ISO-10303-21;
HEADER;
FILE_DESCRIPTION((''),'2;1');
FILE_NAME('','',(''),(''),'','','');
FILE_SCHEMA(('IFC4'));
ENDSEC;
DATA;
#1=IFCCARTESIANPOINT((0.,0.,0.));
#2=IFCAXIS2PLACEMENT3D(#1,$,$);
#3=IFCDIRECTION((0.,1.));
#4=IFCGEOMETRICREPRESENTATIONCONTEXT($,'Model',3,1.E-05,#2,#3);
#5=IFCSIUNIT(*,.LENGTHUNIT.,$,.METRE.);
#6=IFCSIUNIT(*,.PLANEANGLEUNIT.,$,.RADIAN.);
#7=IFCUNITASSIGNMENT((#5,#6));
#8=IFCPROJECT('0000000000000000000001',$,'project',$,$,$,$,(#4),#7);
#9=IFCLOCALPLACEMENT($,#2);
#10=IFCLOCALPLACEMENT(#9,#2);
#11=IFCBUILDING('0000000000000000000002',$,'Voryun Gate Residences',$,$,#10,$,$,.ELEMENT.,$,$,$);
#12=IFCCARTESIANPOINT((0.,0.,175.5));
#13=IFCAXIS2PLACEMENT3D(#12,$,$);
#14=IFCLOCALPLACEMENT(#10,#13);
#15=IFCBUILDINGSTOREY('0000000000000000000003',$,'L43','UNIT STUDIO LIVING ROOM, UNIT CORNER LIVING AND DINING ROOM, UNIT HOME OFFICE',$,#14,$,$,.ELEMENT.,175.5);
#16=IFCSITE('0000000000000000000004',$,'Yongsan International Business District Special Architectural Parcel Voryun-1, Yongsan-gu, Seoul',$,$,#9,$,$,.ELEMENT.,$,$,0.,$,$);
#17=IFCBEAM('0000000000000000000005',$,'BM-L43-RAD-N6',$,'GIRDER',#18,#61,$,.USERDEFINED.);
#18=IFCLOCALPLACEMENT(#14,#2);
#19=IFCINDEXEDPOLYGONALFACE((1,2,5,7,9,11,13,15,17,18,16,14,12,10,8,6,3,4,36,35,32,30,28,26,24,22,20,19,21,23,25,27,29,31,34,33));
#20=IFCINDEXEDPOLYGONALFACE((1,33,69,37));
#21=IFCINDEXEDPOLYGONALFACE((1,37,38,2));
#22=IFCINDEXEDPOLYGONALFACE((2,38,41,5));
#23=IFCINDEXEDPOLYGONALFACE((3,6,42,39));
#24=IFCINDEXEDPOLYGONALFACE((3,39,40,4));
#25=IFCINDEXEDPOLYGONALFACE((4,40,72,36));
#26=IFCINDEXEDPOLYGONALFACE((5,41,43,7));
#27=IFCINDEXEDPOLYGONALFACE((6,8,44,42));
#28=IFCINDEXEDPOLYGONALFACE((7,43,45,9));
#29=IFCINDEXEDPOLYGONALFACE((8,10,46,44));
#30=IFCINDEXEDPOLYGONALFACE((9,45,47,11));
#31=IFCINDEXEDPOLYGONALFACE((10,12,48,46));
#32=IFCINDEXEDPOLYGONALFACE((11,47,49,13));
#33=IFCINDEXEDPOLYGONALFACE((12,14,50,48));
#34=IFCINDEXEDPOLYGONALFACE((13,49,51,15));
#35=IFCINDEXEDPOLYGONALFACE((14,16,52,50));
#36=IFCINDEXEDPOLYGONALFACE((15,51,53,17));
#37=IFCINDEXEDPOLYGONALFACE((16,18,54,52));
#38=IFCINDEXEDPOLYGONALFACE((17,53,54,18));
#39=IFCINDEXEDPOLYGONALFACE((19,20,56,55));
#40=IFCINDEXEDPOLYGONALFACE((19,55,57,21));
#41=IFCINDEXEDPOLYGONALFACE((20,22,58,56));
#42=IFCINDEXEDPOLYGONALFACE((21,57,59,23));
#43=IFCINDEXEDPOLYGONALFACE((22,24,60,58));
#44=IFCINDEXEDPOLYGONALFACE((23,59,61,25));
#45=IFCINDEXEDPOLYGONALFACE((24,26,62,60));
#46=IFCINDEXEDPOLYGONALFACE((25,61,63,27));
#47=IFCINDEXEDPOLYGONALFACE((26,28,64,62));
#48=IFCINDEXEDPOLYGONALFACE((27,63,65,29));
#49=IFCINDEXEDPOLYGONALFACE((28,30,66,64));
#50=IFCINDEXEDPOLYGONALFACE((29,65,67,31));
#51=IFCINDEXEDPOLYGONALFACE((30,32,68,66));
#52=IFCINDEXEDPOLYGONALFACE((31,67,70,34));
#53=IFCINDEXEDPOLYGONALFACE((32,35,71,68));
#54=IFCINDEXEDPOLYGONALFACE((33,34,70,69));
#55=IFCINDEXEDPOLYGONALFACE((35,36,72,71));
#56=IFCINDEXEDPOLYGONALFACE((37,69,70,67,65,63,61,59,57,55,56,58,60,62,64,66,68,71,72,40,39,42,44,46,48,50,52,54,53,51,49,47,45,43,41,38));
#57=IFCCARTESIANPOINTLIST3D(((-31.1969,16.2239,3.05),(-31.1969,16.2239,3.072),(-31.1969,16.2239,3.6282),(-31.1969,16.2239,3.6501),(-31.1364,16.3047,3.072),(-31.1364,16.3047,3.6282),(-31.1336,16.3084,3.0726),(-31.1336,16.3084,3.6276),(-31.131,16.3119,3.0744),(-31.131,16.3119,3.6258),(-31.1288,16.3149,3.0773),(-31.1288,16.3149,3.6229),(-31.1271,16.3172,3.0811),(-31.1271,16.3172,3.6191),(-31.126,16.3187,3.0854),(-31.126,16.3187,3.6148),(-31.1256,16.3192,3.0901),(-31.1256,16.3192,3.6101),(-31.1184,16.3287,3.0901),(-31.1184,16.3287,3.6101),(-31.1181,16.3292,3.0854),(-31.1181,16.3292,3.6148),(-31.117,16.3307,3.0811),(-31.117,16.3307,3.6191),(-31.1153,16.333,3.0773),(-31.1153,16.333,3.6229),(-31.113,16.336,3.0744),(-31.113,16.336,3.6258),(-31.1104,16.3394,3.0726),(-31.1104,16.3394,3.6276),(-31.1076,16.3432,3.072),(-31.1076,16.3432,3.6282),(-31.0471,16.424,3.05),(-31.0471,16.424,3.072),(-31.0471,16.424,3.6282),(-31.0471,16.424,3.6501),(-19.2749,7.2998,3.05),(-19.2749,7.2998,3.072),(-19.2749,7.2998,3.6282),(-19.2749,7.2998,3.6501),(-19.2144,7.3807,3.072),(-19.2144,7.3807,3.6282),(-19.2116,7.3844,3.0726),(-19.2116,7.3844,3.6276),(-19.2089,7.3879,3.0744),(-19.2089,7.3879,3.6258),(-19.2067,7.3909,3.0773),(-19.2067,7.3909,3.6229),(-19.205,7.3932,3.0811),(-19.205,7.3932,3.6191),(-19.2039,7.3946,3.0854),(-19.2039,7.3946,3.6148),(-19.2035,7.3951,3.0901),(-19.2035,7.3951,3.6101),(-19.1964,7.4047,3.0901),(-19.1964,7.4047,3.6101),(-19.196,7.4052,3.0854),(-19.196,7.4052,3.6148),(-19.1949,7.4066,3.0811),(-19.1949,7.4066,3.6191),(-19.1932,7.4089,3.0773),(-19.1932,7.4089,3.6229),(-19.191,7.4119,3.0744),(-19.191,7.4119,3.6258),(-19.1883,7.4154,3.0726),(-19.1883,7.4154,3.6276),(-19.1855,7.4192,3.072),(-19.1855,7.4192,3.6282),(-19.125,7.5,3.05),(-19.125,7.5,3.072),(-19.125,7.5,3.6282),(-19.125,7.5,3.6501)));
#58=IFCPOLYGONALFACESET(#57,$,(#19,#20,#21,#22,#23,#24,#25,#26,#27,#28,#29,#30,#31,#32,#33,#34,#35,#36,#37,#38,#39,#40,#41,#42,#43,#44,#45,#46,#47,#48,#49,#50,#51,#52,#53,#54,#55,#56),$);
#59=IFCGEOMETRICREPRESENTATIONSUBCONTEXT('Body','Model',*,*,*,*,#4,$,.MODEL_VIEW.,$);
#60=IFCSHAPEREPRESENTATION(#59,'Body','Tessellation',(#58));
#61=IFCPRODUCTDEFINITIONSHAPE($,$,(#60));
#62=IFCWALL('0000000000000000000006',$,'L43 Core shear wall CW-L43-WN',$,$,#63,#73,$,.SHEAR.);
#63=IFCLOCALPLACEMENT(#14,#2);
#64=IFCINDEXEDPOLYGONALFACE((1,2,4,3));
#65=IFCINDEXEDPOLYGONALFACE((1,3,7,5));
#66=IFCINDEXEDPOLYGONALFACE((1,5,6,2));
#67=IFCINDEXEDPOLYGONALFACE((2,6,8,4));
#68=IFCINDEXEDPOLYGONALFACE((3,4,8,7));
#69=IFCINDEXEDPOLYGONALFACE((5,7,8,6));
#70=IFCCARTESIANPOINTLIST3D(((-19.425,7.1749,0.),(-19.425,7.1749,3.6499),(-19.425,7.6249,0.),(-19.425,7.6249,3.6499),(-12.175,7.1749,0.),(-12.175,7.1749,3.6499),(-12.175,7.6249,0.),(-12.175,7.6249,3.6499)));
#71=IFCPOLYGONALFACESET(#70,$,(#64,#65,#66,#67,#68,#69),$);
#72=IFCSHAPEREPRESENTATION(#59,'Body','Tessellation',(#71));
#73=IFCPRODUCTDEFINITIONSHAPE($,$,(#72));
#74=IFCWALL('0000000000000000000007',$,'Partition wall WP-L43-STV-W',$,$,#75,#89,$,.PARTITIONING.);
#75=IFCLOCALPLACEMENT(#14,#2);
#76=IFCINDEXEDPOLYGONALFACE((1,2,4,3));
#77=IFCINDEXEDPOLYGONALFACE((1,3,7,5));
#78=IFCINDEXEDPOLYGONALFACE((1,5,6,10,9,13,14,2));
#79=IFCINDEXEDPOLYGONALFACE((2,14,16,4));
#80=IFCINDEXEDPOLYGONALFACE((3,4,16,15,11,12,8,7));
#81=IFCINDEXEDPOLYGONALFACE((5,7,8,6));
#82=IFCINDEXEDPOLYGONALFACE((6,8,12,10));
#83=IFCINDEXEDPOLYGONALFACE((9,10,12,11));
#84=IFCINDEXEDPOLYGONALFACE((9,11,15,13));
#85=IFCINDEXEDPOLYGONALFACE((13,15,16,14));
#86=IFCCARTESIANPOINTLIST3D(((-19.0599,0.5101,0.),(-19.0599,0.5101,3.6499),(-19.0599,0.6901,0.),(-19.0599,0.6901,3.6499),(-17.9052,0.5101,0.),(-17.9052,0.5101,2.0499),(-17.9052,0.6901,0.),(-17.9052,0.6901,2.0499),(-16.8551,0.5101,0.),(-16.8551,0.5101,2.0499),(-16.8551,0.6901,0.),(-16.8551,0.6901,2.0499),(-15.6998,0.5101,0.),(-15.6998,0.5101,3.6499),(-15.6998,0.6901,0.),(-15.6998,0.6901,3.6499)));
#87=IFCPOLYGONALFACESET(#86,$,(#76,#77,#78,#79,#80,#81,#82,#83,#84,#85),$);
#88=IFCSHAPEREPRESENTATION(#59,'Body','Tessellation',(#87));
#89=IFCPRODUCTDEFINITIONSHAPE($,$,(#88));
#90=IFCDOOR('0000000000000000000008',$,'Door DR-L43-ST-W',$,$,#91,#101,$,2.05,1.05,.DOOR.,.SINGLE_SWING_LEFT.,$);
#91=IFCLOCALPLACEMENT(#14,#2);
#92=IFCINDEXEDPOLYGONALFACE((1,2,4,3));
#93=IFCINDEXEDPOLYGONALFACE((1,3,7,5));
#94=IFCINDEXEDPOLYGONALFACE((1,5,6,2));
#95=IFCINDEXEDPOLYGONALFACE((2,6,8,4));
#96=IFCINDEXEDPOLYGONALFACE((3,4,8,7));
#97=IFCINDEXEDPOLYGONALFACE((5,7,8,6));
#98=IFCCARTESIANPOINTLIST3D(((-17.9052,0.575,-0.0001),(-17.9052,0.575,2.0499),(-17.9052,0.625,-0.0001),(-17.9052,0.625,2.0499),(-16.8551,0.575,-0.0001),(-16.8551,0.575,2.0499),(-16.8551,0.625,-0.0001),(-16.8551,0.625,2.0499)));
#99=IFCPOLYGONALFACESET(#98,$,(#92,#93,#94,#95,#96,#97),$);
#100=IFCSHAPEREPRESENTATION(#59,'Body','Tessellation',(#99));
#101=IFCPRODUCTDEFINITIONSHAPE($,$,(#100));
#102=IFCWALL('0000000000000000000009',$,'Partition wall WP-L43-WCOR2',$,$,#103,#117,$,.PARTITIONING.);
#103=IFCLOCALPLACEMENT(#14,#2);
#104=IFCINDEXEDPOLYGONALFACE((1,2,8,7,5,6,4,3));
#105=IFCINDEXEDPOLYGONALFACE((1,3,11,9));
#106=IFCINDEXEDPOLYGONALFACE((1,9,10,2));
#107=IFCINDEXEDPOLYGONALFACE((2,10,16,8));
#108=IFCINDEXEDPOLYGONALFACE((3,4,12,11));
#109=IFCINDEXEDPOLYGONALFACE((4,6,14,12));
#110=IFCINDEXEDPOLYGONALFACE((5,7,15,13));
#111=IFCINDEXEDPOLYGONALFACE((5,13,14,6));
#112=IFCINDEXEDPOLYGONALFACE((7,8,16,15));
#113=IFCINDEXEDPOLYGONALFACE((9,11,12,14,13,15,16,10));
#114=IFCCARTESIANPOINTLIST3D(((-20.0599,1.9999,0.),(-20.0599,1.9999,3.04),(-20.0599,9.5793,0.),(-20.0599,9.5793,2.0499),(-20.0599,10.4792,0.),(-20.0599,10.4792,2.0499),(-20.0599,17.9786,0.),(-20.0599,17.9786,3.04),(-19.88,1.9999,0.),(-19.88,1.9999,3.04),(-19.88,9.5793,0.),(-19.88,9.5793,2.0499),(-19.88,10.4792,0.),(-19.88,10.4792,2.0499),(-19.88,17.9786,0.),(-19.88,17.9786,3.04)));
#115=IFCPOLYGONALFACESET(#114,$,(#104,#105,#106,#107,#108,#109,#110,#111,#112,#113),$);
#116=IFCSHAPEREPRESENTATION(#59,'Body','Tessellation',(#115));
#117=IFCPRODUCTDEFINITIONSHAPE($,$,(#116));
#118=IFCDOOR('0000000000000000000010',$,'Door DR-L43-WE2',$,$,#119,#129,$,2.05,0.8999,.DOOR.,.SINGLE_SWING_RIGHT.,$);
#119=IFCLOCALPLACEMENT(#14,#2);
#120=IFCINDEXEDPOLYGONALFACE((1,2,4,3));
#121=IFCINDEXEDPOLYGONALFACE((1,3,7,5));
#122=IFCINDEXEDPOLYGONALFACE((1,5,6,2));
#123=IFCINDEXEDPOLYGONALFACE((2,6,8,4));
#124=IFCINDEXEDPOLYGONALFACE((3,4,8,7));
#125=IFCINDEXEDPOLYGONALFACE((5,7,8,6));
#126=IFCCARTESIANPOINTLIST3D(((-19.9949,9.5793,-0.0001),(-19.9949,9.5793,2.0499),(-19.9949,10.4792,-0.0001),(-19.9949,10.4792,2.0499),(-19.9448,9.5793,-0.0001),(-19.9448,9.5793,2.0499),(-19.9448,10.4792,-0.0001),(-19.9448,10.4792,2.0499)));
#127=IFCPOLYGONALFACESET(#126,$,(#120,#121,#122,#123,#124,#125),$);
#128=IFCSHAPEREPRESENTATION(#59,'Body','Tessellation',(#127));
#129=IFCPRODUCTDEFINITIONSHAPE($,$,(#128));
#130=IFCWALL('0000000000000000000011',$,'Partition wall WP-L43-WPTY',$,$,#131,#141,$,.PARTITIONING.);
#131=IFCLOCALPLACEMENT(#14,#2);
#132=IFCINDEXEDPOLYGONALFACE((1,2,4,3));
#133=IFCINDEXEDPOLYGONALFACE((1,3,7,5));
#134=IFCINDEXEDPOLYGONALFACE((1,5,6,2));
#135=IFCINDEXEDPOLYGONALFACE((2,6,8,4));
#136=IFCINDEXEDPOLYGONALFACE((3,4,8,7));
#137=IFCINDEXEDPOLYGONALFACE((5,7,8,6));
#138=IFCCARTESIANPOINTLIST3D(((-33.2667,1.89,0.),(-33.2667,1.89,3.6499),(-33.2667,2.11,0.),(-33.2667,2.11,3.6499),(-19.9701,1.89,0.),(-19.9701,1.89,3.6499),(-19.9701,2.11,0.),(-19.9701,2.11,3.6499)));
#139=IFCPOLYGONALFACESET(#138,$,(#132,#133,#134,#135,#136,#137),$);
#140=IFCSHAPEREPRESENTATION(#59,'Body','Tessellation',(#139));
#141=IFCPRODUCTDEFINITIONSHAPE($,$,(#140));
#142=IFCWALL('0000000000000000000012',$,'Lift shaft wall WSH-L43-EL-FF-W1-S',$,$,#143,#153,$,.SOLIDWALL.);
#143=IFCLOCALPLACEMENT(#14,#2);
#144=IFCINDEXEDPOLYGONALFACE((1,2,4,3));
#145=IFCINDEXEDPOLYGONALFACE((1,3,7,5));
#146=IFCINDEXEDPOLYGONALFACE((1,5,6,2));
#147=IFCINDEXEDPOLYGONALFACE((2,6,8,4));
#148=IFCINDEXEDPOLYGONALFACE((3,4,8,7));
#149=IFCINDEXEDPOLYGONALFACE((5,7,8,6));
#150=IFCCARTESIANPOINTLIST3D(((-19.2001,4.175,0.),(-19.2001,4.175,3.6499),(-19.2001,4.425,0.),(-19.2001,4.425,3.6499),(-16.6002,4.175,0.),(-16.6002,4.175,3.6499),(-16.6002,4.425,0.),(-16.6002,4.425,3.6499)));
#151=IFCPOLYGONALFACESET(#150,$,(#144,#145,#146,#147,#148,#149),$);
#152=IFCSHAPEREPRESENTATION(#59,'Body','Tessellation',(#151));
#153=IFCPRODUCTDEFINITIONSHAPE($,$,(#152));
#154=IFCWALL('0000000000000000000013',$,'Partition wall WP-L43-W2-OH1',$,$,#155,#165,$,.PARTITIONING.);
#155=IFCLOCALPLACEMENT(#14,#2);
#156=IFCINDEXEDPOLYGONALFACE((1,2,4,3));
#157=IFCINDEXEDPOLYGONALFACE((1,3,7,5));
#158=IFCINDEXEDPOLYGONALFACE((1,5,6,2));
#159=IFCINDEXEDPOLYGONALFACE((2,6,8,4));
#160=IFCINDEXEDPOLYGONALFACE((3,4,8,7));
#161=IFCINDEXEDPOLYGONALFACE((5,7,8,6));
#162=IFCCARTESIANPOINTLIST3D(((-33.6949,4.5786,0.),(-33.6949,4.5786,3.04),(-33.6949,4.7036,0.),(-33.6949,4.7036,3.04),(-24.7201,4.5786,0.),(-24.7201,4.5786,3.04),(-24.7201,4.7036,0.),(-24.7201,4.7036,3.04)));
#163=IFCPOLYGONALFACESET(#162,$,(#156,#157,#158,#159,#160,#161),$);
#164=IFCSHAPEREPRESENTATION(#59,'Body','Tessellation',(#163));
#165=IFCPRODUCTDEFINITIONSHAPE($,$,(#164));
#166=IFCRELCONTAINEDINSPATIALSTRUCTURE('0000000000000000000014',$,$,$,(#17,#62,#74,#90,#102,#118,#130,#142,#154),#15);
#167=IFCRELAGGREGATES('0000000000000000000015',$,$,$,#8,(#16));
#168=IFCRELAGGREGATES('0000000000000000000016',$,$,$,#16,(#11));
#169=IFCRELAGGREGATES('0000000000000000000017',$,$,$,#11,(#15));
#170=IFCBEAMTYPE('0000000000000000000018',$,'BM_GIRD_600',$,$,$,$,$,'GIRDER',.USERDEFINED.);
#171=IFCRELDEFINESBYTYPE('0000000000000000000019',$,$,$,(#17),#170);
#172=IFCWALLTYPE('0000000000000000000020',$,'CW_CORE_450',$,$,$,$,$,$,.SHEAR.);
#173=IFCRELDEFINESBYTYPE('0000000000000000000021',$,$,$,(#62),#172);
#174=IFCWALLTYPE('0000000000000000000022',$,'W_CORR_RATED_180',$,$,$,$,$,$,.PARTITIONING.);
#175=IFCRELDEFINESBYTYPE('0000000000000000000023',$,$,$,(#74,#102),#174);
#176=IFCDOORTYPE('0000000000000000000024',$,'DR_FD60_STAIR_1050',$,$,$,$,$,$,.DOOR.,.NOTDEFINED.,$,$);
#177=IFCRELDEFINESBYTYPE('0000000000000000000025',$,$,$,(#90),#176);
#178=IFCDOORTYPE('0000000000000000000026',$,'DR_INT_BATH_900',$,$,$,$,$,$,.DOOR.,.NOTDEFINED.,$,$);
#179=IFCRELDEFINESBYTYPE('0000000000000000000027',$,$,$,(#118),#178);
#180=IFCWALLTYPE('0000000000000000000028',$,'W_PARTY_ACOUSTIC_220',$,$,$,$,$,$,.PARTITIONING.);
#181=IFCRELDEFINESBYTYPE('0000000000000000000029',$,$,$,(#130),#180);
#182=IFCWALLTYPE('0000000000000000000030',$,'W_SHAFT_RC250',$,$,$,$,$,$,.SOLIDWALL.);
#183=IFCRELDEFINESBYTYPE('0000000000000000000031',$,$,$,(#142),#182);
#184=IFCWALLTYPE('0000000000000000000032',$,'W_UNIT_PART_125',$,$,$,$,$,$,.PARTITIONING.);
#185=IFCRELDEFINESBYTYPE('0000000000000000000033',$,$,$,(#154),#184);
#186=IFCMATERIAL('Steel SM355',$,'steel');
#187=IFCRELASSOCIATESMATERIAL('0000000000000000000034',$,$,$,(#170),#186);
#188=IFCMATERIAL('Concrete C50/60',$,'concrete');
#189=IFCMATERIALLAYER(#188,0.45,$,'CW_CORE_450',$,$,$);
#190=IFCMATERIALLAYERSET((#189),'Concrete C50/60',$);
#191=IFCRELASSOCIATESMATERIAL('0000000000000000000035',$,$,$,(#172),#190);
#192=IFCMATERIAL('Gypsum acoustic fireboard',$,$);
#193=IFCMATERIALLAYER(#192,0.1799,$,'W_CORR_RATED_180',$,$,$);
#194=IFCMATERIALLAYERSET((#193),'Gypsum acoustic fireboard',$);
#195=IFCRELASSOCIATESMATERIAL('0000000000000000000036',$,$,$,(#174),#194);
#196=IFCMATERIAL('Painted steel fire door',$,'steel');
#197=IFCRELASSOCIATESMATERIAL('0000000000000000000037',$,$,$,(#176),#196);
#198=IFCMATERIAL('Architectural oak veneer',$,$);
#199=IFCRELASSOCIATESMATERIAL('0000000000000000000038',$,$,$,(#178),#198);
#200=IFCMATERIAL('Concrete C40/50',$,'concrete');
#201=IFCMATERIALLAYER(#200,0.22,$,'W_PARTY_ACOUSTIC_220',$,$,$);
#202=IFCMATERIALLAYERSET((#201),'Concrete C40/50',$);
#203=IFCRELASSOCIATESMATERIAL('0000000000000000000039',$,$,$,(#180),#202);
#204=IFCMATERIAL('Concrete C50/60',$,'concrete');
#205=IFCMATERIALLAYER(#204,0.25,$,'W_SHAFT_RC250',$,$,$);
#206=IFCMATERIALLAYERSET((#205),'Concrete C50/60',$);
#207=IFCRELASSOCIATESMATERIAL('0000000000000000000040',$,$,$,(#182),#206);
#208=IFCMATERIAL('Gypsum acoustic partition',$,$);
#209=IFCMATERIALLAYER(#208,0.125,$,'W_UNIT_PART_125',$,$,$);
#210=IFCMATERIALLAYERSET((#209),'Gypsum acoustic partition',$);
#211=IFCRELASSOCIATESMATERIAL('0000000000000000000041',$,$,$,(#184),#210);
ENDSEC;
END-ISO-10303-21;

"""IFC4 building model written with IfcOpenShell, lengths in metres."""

from ifc_helpers import new_model, si_unit, direction, frame, frame_2d, origin, origin_2d, place, context, subcontext, project, spatial, rectangle, i_section, extrude, material, layer, layer_set, material_profile, profile_set, type_object, element, fill, save


model = new_model("IFC4")

# Units and contexts
model_context = context("Model", 3, precision=1e-05, world=origin(), true_north=direction((0.0, 1.0)))
body_context = subcontext(model_context, "Body", "Model", "MODEL_VIEW")
ifc_project = project(units=[si_unit("LENGTHUNIT", "METRE"), si_unit("PLANEANGLEUNIT", "RADIAN")], contexts=[model_context])

# Site, building, storey
site_placement = place(None, origin())
site = spatial("IfcSite", under=ifc_project, at=site_placement, Name="Yongsan International Business District Special Architectural Parcel Voryun-1, Yongsan-gu, Seoul", CompositionType="ELEMENT", RefElevation=0.0)
building_placement = place(site_placement, origin())
building = spatial("IfcBuilding", under=site, at=building_placement, Name="Voryun Gate Residences", CompositionType="ELEMENT")
storey_placement = place(building_placement, frame((0.0, 0.0, 175.5)))
storey = spatial("IfcBuildingStorey", under=building, at=storey_placement, Name="L43", Description="UNIT STUDIO LIVING ROOM, UNIT CORNER LIVING AND DINING ROOM, UNIT HOME OFFICE", CompositionType="ELEMENT", Elevation=175.5)

# Beam
ifc_material_1 = material(Name="Steel SM355", Category="steel")
ifc_material_profile_1 = material_profile(ifc_material_1, i_section(OverallWidth=0.25, OverallDepth=0.6001, WebThickness=0.012, FlangeThickness=0.022, FilletRadius=0.0181, at=origin_2d()), Name="H-600x250x12x22")
ifc_profile_set_1 = profile_set([ifc_material_profile_1], Name="Steel SM355")
beam_type_1 = type_object("IfcBeamType", Name="BM_GIRD_600", ElementType="GIRDER", PredefinedType="USERDEFINED", material=ifc_profile_set_1)
beam_1_placement = place(storey_placement, frame((-19.2, 7.3999, 3.3501), z_axis=(-0.800564, 0.599247, 0.0), x_axis=(-0.599247, -0.800564, 0.0)))
element("IfcBeam", 1, at=beam_1_placement, inside=storey, type_object=beam_type_1, Name="BM-L43-RAD-N6", ObjectType="GIRDER", PredefinedType="USERDEFINED", context=body_context, shape_type="SweptSolid", body=[
    extrude(i_section(OverallWidth=0.25, OverallDepth=0.6001, WebThickness=0.012, FlangeThickness=0.022, FilletRadius=0.0181, at=origin_2d()), origin(), (0.0, 0.0, 1.0), 14.8921),
])

# Wall
ifc_material_2 = material(Name="Concrete C50/60", Category="concrete")
ifc_layer_1 = layer(ifc_material_2, 0.45, Name="CW_CORE_450")
ifc_layer_set_1 = layer_set([ifc_layer_1], Name="Concrete C50/60")
wall_type_1 = type_object("IfcWallType", Name="CW_CORE_450", PredefinedType="SHEAR", material=ifc_layer_set_1)
wall_1_placement = place(storey_placement, frame((-19.425, 7.3999, 0.0), z_axis=(0.0, 0.0, 1.0), x_axis=(1.0, 0.0, 0.0)))
element("IfcWall", 2, at=wall_1_placement, inside=storey, type_object=wall_type_1, Name="L43 Core shear wall CW-L43-WN", PredefinedType="SHEAR", context=body_context, shape_type="SweptSolid", body=[
    extrude(rectangle(XDim=7.25, YDim=0.45, at=frame_2d((3.625, 0.0))), origin(), (0.0, 0.0, 1.0), 3.6499),
])

# Walls, openings, doors
ifc_material_3 = material(Name="Gypsum acoustic fireboard")
ifc_layer_2 = layer(ifc_material_3, 0.1799, Name="W_CORR_RATED_180")
ifc_layer_set_2 = layer_set([ifc_layer_2], Name="Gypsum acoustic fireboard")
wall_type_2 = type_object("IfcWallType", Name="W_CORR_RATED_180", PredefinedType="PARTITIONING", material=ifc_layer_set_2)
wall_2_placement = place(storey_placement, frame((-19.0601, 0.6001, 0.0), z_axis=(0.0, 0.0, 1.0), x_axis=(1.0, 0.0, 0.0)))
wall_2 = element("IfcWall", 3, at=wall_2_placement, inside=storey, type_object=wall_type_2, Name="Partition wall WP-L43-STV-W", PredefinedType="PARTITIONING", context=body_context, shape_type="SweptSolid", body=[
    extrude(rectangle(XDim=3.3601, YDim=0.1799, at=frame_2d((1.6802, 0.0))), origin(), (0.0, 0.0, 1.0), 3.6499),
])
opening_1_placement = place(wall_2_placement, frame((1.155, 0.0, 0.0)))
opening_1 = element("IfcOpeningElement", 4, at=opening_1_placement, cuts=wall_2, PredefinedType="OPENING", context=body_context, shape_type="SweptSolid", body=[
    extrude(rectangle(XDim=1.05, YDim=2.05, at=frame_2d((0.5249, 1.0249))), frame((0.0, 0.0999, 0.0), z_axis=(0.0, -1.0, 0.0), x_axis=(1.0, 0.0, 0.0)), (0.0, 0.0, 1.0), 0.2),
])
ifc_material_4 = material(Name="Painted steel fire door", Category="steel")
door_type_1 = type_object("IfcDoorType", Name="DR_FD60_STAIR_1050", OperationType="NOTDEFINED", PredefinedType="DOOR", material=ifc_material_4)
door_1_placement = place(opening_1_placement, origin())
door_1 = element("IfcDoor", 5, at=door_1_placement, inside=storey, type_object=door_type_1, Name="Door DR-L43-ST-W", OperationType="SINGLE_SWING_LEFT", OverallHeight=2.05, OverallWidth=1.05, PredefinedType="DOOR", context=body_context, shape_type="SweptSolid", body=[
    extrude(rectangle(XDim=1.05, YDim=2.05, at=frame_2d((0.5249, 1.0249))), frame((0.0, 0.0249, 0.0), z_axis=(0.0, -1.0, 0.0), x_axis=(1.0, 0.0, 0.0)), (0.0, 0.0, 1.0), 0.05),
])
fill(opening_1, door_1)
wall_3_placement = place(storey_placement, frame((-19.97, 2.0, 0.0), z_axis=(0.0, 0.0, 1.0), x_axis=(0.0, 1.0, 0.0)))
wall_3 = element("IfcWall", 6, at=wall_3_placement, inside=storey, type_object=wall_type_2, Name="Partition wall WP-L43-WCOR2", PredefinedType="PARTITIONING", context=body_context, shape_type="SweptSolid", body=[
    extrude(rectangle(XDim=15.9788, YDim=0.1799, at=frame_2d((7.9893, 0.0))), origin(), (0.0, 0.0, 1.0), 3.04),
])
opening_2_placement = place(wall_3_placement, frame((7.5793, 0.0, 0.0)))
opening_2 = element("IfcOpeningElement", 7, at=opening_2_placement, cuts=wall_3, PredefinedType="OPENING", context=body_context, shape_type="SweptSolid", body=[
    extrude(rectangle(XDim=0.8999, YDim=2.05, at=frame_2d((0.45, 1.0249))), frame((0.0, 0.0999, 0.0), z_axis=(0.0, -1.0, 0.0), x_axis=(1.0, 0.0, 0.0)), (0.0, 0.0, 1.0), 0.2),
])
ifc_material_5 = material(Name="Architectural oak veneer")
door_type_2 = type_object("IfcDoorType", Name="DR_INT_BATH_900", OperationType="NOTDEFINED", PredefinedType="DOOR", material=ifc_material_5)
door_2_placement = place(opening_2_placement, origin())
door_2 = element("IfcDoor", 8, at=door_2_placement, inside=storey, type_object=door_type_2, Name="Door DR-L43-WE2", OperationType="SINGLE_SWING_RIGHT", OverallHeight=2.05, OverallWidth=0.8999, PredefinedType="DOOR", context=body_context, shape_type="SweptSolid", body=[
    extrude(rectangle(XDim=0.8999, YDim=2.05, at=frame_2d((0.45, 1.0249))), frame((0.0, 0.0249, 0.0), z_axis=(0.0, -1.0, 0.0), x_axis=(1.0, 0.0, 0.0)), (0.0, 0.0, 1.0), 0.05),
])
fill(opening_2, door_2)

# Walls
ifc_material_6 = material(Name="Concrete C40/50", Category="concrete")
ifc_layer_3 = layer(ifc_material_6, 0.22, Name="W_PARTY_ACOUSTIC_220")
ifc_layer_set_3 = layer_set([ifc_layer_3], Name="Concrete C40/50")
wall_type_3 = type_object("IfcWallType", Name="W_PARTY_ACOUSTIC_220", PredefinedType="PARTITIONING", material=ifc_layer_set_3)
wall_4_placement = place(storey_placement, frame((-19.97, 2.0, 0.0), z_axis=(0.0, 0.0, 1.0), x_axis=(-1.0, 0.0, 0.0)))
element("IfcWall", 9, at=wall_4_placement, inside=storey, type_object=wall_type_3, Name="Partition wall WP-L43-WPTY", PredefinedType="PARTITIONING", context=body_context, shape_type="SweptSolid", body=[
    extrude(rectangle(XDim=13.2966, YDim=0.22, at=frame_2d((6.6484, 0.0))), origin(), (0.0, 0.0, 1.0), 3.6499),
])
ifc_material_7 = material(Name="Concrete C50/60", Category="concrete")
ifc_layer_4 = layer(ifc_material_7, 0.25, Name="W_SHAFT_RC250")
ifc_layer_set_4 = layer_set([ifc_layer_4], Name="Concrete C50/60")
wall_type_4 = type_object("IfcWallType", Name="W_SHAFT_RC250", PredefinedType="SOLIDWALL", material=ifc_layer_set_4)
wall_5_placement = place(storey_placement, frame((-19.2, 4.3, 0.0), z_axis=(0.0, 0.0, 1.0), x_axis=(1.0, 0.0, 0.0)))
element("IfcWall", 10, at=wall_5_placement, inside=storey, type_object=wall_type_4, Name="Lift shaft wall WSH-L43-EL-FF-W1-S", PredefinedType="SOLIDWALL", context=body_context, shape_type="SweptSolid", body=[
    extrude(rectangle(XDim=2.5999, YDim=0.25, at=frame_2d((1.2998, 0.0))), origin(), (0.0, 0.0, 1.0), 3.6499),
])
ifc_material_8 = material(Name="Gypsum acoustic partition")
ifc_layer_5 = layer(ifc_material_8, 0.125, Name="W_UNIT_PART_125")
ifc_layer_set_5 = layer_set([ifc_layer_5], Name="Gypsum acoustic partition")
wall_type_5 = type_object("IfcWallType", Name="W_UNIT_PART_125", PredefinedType="PARTITIONING", material=ifc_layer_set_5)
wall_6_placement = place(storey_placement, frame((-33.6948, 4.6411, 0.0), z_axis=(0.0, 0.0, 1.0), x_axis=(1.0, 0.0, 0.0)))
element("IfcWall", 11, at=wall_6_placement, inside=storey, type_object=wall_type_5, Name="Partition wall WP-L43-W2-OH1", PredefinedType="PARTITIONING", context=body_context, shape_type="SweptSolid", body=[
    extrude(rectangle(XDim=8.9749, YDim=0.125, at=frame_2d((4.4873, 0.0))), origin(), (0.0, 0.0, 1.0), 3.04),
])

save(model, "model.ifc")
